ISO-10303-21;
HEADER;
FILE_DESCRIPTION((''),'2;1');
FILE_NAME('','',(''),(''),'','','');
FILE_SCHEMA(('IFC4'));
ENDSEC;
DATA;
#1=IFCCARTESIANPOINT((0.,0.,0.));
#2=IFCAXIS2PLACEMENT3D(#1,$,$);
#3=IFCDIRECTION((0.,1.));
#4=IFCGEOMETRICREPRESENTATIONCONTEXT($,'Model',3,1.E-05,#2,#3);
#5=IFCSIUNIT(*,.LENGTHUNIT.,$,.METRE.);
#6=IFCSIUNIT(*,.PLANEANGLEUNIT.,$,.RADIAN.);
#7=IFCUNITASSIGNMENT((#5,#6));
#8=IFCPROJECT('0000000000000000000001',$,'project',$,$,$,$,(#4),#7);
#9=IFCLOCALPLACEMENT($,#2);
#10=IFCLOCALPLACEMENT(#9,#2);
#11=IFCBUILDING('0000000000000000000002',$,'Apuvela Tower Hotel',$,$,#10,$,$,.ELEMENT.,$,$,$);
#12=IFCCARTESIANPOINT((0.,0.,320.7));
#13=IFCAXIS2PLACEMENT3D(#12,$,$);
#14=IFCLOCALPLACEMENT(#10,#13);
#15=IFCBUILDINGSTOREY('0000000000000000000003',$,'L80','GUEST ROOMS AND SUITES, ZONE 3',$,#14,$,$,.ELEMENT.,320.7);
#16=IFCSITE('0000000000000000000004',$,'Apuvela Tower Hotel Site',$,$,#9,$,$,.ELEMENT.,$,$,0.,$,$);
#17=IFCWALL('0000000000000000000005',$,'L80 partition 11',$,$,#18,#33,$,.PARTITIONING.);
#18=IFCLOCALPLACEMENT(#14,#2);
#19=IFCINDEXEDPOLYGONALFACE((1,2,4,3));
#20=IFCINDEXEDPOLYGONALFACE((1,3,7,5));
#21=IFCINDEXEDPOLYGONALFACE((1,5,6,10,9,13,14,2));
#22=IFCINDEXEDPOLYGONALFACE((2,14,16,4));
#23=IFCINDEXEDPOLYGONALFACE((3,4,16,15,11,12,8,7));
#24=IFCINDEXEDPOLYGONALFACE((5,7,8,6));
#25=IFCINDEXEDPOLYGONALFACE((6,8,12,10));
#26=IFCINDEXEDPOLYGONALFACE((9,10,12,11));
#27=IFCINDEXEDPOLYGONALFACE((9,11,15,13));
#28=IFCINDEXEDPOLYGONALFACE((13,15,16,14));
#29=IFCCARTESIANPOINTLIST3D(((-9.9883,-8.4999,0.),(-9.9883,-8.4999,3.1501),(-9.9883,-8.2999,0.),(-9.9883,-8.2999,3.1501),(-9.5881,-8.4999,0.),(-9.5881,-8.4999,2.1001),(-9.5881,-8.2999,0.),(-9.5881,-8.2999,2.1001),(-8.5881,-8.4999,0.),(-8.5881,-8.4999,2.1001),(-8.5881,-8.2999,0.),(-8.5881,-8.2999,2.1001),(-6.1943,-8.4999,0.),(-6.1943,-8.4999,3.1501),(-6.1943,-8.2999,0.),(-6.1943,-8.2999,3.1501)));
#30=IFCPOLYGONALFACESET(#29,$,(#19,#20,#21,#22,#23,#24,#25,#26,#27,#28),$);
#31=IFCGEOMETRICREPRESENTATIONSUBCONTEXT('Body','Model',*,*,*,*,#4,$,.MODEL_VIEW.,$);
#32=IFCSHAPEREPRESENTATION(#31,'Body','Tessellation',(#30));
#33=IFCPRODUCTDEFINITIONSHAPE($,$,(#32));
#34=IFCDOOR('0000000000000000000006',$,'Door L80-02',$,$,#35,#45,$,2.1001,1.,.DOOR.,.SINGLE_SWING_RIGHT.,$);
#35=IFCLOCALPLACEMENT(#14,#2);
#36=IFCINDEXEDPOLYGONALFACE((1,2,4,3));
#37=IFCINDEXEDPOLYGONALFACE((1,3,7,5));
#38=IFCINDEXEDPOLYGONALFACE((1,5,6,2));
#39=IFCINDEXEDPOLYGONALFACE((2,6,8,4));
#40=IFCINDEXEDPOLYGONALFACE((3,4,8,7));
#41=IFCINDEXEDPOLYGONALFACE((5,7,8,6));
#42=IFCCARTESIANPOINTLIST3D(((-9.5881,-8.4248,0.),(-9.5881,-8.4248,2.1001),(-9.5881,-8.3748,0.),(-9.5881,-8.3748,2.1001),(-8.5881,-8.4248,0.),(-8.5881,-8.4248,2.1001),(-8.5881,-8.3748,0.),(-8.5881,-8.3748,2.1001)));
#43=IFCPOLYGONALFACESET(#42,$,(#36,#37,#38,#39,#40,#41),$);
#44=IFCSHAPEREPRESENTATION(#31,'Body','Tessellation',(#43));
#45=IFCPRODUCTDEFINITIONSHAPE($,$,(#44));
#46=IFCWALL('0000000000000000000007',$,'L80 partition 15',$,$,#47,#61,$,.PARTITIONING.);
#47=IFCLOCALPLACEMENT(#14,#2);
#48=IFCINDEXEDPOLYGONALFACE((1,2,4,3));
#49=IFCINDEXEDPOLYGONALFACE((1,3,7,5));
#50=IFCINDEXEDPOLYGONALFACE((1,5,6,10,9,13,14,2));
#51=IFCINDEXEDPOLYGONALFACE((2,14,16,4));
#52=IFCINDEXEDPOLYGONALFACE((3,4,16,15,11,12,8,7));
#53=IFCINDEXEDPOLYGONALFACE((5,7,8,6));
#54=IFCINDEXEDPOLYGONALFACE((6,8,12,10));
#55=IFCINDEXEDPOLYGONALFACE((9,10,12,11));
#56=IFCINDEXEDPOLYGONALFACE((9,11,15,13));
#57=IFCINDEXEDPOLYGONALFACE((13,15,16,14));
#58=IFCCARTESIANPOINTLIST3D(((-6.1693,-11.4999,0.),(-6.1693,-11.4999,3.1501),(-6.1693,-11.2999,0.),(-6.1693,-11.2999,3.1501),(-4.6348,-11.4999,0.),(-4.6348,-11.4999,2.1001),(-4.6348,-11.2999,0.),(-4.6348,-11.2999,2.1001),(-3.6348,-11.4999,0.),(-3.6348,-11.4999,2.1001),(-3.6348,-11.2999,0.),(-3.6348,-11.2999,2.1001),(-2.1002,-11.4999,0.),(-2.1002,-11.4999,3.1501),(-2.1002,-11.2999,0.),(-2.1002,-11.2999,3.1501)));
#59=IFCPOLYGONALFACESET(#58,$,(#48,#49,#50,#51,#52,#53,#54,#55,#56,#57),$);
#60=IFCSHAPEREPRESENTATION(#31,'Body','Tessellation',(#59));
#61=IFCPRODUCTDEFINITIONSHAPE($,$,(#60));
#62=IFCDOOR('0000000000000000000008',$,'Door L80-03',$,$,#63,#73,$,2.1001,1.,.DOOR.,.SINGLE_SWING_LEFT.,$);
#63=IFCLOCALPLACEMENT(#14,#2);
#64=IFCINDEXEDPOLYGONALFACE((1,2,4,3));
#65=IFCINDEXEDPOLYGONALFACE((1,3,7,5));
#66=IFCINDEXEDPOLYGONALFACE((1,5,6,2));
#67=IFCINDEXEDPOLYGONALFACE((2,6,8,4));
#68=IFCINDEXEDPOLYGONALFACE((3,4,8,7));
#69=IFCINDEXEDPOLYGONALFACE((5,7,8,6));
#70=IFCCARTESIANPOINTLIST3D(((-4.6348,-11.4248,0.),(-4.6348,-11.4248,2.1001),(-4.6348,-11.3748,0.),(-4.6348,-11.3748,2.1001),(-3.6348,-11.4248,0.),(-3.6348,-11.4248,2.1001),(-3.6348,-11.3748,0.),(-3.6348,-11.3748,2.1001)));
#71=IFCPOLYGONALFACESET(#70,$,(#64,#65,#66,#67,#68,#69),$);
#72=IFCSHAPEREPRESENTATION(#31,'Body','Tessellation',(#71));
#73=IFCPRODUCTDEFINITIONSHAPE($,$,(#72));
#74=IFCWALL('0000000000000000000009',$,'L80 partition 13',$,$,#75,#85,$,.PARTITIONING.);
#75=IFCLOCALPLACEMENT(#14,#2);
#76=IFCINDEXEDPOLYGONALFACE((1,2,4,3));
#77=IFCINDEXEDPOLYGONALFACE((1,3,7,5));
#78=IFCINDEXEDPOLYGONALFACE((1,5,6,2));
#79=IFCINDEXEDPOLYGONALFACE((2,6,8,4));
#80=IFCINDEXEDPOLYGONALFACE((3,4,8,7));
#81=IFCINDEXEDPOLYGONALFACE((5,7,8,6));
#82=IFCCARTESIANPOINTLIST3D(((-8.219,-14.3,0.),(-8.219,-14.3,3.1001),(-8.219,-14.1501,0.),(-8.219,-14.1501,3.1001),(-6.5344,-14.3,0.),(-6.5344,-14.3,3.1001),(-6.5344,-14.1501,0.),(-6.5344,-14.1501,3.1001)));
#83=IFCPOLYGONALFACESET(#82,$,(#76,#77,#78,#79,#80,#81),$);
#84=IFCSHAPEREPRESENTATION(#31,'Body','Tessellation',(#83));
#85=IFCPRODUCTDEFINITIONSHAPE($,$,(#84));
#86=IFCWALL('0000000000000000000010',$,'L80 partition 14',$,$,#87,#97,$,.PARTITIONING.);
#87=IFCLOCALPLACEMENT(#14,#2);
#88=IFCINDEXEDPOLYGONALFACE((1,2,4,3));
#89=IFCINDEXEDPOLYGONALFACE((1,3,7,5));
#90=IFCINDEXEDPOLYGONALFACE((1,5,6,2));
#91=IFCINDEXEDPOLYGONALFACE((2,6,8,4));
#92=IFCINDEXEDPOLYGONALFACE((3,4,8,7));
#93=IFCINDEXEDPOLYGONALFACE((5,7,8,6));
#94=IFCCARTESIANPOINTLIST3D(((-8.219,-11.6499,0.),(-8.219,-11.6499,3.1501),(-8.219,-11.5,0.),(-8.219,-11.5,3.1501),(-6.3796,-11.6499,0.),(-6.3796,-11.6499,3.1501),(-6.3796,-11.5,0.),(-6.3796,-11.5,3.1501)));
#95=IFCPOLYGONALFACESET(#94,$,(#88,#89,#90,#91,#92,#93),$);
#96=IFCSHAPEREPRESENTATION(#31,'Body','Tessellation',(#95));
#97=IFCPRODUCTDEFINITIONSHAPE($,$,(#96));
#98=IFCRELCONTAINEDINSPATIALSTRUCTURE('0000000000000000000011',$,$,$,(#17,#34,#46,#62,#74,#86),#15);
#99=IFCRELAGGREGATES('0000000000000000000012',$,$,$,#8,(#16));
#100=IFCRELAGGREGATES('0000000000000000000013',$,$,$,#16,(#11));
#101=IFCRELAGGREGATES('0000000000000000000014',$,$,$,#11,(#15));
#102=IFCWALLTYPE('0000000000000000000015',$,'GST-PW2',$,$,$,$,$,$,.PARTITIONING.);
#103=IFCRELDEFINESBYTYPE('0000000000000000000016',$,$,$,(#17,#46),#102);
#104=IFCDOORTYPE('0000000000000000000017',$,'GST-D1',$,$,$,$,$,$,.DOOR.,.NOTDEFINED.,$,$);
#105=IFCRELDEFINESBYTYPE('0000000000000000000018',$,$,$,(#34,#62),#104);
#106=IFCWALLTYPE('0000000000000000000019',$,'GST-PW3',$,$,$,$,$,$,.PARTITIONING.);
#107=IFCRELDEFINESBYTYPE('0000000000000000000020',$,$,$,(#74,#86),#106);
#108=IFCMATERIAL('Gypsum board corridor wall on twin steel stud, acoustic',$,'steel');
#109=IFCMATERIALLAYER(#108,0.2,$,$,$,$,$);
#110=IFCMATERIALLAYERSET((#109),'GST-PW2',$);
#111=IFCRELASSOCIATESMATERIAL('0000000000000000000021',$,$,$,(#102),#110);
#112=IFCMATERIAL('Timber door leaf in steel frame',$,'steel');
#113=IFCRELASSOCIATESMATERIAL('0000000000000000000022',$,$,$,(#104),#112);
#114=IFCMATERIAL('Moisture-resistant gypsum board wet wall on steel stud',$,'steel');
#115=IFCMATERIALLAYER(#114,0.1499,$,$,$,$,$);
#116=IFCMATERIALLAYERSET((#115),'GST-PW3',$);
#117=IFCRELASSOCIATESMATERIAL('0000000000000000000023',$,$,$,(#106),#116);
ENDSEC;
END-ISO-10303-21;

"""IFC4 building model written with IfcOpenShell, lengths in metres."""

from ifc_helpers import new_model, si_unit, direction, frame, frame_2d, origin, place, context, subcontext, project, spatial, rectangle, extrude, material, layer, layer_set, type_object, element, fill, save


model = new_model("IFC4")

# Units and contexts
model_context = context("Model", 3, precision=1e-05, world=origin(), true_north=direction((0.0, 1.0)))
body_context = subcontext(model_context, "Body", "Model", "MODEL_VIEW")
ifc_project = project(units=[si_unit("LENGTHUNIT", "METRE"), si_unit("PLANEANGLEUNIT", "RADIAN")], contexts=[model_context])

# Site, building, storey
site_placement = place(None, origin())
site = spatial("IfcSite", under=ifc_project, at=site_placement, Name="Apuvela Tower Hotel Site", CompositionType="ELEMENT", RefElevation=0.0)
building_placement = place(site_placement, origin())
building = spatial("IfcBuilding", under=site, at=building_placement, Name="Apuvela Tower Hotel", CompositionType="ELEMENT")
storey_placement = place(building_placement, frame((0.0, 0.0, 320.7)))
storey = spatial("IfcBuildingStorey", under=building, at=storey_placement, Name="L80", Description="GUEST ROOMS AND SUITES, ZONE 3", CompositionType="ELEMENT", Elevation=320.7)

# Walls, openings, doors
ifc_material_1 = material(Name="Gypsum board corridor wall on twin steel stud, acoustic", Category="steel")
ifc_layer_1 = layer(ifc_material_1, 0.2)
ifc_layer_set_1 = layer_set([ifc_layer_1], Name="GST-PW2")
wall_type_1 = type_object("IfcWallType", Name="GST-PW2", PredefinedType="PARTITIONING", material=ifc_layer_set_1)
wall_1_placement = place(storey_placement, frame((-6.1943, -8.3999, 0.0), z_axis=(0.0, 0.0, 1.0), x_axis=(-1.0, 0.0, 0.0)))
wall_1 = element("IfcWall", 1, at=wall_1_placement, inside=storey, type_object=wall_type_1, Name="L80 partition 11", PredefinedType="PARTITIONING", context=body_context, shape_type="SweptSolid", body=[
    extrude(rectangle(XDim=3.7939, YDim=0.2, at=frame_2d((1.897, 0.0))), origin(), (0.0, 0.0, 1.0), 3.1501),
])
opening_1_placement = place(wall_1_placement, frame((2.3938, 0.0, 0.0)))
opening_1 = element("IfcOpeningElement", 2, at=opening_1_placement, cuts=wall_1, PredefinedType="OPENING", context=body_context, shape_type="SweptSolid", body=[
    extrude(rectangle(XDim=1.0, YDim=2.1001, at=frame_2d((0.5, 1.05))), frame((0.0, 0.1099, 0.0), z_axis=(0.0, -1.0, 0.0), x_axis=(1.0, 0.0, 0.0)), (0.0, 0.0, 1.0), 0.22),
])
ifc_material_2 = material(Name="Timber door leaf in steel frame", Category="steel")
door_type_1 = type_object("IfcDoorType", Name="GST-D1", OperationType="NOTDEFINED", PredefinedType="DOOR", material=ifc_material_2)
door_1_placement = place(opening_1_placement, origin())
door_1 = element("IfcDoor", 3, at=door_1_placement, inside=storey, type_object=door_type_1, Name="Door L80-02", OperationType="SINGLE_SWING_RIGHT", OverallHeight=2.1001, OverallWidth=1.0, PredefinedType="DOOR", context=body_context, shape_type="SweptSolid", body=[
    extrude(rectangle(XDim=1.0, YDim=2.1001, at=frame_2d((0.5, 1.05))), frame((0.0, 0.0249, 0.0), z_axis=(0.0, -1.0, 0.0), x_axis=(1.0, 0.0, 0.0)), (0.0, 0.0, 1.0), 0.05),
])
fill(opening_1, door_1)
wall_2_placement = place(storey_placement, frame((-2.1001, -11.3999, 0.0), z_axis=(0.0, 0.0, 1.0), x_axis=(-1.0, 0.0, 0.0)))
wall_2 = element("IfcWall", 4, at=wall_2_placement, inside=storey, type_object=wall_type_1, Name="L80 partition 15", PredefinedType="PARTITIONING", context=body_context, shape_type="SweptSolid", body=[
    extrude(rectangle(XDim=4.0691, YDim=0.2, at=frame_2d((2.0347, 0.0))), origin(), (0.0, 0.0, 1.0), 3.1501),
])
opening_2_placement = place(wall_2_placement, frame((1.5347, 0.0, 0.0)))
opening_2 = element("IfcOpeningElement", 5, at=opening_2_placement, cuts=wall_2, PredefinedType="OPENING", context=body_context, shape_type="SweptSolid", body=[
    extrude(rectangle(XDim=1.0, YDim=2.1001, at=frame_2d((0.5, 1.05))), frame((0.0, 0.1099, 0.0), z_axis=(0.0, -1.0, 0.0), x_axis=(1.0, 0.0, 0.0)), (0.0, 0.0, 1.0), 0.22),
])
door_2_placement = place(opening_2_placement, origin())
door_2 = element("IfcDoor", 6, at=door_2_placement, inside=storey, type_object=door_type_1, Name="Door L80-03", OperationType="SINGLE_SWING_LEFT", OverallHeight=2.1001, OverallWidth=1.0, PredefinedType="DOOR", context=body_context, shape_type="SweptSolid", body=[
    extrude(rectangle(XDim=1.0, YDim=2.1001, at=frame_2d((0.5, 1.05))), frame((0.0, 0.0249, 0.0), z_axis=(0.0, -1.0, 0.0), x_axis=(1.0, 0.0, 0.0)), (0.0, 0.0, 1.0), 0.05),
])
fill(opening_2, door_2)

# Walls
ifc_material_3 = material(Name="Moisture-resistant gypsum board wet wall on steel stud", Category="steel")
ifc_layer_2 = layer(ifc_material_3, 0.1499)
ifc_layer_set_2 = layer_set([ifc_layer_2], Name="GST-PW3")
wall_type_2 = type_object("IfcWallType", Name="GST-PW3", PredefinedType="PARTITIONING", material=ifc_layer_set_2)
wall_3_placement = place(storey_placement, frame((-8.219, -14.2251, 0.0), z_axis=(0.0, 0.0, 1.0), x_axis=(1.0, 0.0, 0.0)))
element("IfcWall", 7, at=wall_3_placement, inside=storey, type_object=wall_type_2, Name="L80 partition 13", PredefinedType="PARTITIONING", context=body_context, shape_type="SweptSolid", body=[
    extrude(rectangle(XDim=1.6846, YDim=0.1499, at=frame_2d((0.8423, 0.0))), origin(), (0.0, 0.0, 1.0), 3.1001),
])
wall_4_placement = place(storey_placement, frame((-8.219, -11.575, 0.0), z_axis=(0.0, 0.0, 1.0), x_axis=(1.0, 0.0, 0.0)))
element("IfcWall", 8, at=wall_4_placement, inside=storey, type_object=wall_type_2, Name="L80 partition 14", PredefinedType="PARTITIONING", context=body_context, shape_type="SweptSolid", body=[
    extrude(rectangle(XDim=1.8394, YDim=0.1499, at=frame_2d((0.9197, 0.0))), origin(), (0.0, 0.0, 1.0), 3.1501),
])

save(model, "model.ifc")
